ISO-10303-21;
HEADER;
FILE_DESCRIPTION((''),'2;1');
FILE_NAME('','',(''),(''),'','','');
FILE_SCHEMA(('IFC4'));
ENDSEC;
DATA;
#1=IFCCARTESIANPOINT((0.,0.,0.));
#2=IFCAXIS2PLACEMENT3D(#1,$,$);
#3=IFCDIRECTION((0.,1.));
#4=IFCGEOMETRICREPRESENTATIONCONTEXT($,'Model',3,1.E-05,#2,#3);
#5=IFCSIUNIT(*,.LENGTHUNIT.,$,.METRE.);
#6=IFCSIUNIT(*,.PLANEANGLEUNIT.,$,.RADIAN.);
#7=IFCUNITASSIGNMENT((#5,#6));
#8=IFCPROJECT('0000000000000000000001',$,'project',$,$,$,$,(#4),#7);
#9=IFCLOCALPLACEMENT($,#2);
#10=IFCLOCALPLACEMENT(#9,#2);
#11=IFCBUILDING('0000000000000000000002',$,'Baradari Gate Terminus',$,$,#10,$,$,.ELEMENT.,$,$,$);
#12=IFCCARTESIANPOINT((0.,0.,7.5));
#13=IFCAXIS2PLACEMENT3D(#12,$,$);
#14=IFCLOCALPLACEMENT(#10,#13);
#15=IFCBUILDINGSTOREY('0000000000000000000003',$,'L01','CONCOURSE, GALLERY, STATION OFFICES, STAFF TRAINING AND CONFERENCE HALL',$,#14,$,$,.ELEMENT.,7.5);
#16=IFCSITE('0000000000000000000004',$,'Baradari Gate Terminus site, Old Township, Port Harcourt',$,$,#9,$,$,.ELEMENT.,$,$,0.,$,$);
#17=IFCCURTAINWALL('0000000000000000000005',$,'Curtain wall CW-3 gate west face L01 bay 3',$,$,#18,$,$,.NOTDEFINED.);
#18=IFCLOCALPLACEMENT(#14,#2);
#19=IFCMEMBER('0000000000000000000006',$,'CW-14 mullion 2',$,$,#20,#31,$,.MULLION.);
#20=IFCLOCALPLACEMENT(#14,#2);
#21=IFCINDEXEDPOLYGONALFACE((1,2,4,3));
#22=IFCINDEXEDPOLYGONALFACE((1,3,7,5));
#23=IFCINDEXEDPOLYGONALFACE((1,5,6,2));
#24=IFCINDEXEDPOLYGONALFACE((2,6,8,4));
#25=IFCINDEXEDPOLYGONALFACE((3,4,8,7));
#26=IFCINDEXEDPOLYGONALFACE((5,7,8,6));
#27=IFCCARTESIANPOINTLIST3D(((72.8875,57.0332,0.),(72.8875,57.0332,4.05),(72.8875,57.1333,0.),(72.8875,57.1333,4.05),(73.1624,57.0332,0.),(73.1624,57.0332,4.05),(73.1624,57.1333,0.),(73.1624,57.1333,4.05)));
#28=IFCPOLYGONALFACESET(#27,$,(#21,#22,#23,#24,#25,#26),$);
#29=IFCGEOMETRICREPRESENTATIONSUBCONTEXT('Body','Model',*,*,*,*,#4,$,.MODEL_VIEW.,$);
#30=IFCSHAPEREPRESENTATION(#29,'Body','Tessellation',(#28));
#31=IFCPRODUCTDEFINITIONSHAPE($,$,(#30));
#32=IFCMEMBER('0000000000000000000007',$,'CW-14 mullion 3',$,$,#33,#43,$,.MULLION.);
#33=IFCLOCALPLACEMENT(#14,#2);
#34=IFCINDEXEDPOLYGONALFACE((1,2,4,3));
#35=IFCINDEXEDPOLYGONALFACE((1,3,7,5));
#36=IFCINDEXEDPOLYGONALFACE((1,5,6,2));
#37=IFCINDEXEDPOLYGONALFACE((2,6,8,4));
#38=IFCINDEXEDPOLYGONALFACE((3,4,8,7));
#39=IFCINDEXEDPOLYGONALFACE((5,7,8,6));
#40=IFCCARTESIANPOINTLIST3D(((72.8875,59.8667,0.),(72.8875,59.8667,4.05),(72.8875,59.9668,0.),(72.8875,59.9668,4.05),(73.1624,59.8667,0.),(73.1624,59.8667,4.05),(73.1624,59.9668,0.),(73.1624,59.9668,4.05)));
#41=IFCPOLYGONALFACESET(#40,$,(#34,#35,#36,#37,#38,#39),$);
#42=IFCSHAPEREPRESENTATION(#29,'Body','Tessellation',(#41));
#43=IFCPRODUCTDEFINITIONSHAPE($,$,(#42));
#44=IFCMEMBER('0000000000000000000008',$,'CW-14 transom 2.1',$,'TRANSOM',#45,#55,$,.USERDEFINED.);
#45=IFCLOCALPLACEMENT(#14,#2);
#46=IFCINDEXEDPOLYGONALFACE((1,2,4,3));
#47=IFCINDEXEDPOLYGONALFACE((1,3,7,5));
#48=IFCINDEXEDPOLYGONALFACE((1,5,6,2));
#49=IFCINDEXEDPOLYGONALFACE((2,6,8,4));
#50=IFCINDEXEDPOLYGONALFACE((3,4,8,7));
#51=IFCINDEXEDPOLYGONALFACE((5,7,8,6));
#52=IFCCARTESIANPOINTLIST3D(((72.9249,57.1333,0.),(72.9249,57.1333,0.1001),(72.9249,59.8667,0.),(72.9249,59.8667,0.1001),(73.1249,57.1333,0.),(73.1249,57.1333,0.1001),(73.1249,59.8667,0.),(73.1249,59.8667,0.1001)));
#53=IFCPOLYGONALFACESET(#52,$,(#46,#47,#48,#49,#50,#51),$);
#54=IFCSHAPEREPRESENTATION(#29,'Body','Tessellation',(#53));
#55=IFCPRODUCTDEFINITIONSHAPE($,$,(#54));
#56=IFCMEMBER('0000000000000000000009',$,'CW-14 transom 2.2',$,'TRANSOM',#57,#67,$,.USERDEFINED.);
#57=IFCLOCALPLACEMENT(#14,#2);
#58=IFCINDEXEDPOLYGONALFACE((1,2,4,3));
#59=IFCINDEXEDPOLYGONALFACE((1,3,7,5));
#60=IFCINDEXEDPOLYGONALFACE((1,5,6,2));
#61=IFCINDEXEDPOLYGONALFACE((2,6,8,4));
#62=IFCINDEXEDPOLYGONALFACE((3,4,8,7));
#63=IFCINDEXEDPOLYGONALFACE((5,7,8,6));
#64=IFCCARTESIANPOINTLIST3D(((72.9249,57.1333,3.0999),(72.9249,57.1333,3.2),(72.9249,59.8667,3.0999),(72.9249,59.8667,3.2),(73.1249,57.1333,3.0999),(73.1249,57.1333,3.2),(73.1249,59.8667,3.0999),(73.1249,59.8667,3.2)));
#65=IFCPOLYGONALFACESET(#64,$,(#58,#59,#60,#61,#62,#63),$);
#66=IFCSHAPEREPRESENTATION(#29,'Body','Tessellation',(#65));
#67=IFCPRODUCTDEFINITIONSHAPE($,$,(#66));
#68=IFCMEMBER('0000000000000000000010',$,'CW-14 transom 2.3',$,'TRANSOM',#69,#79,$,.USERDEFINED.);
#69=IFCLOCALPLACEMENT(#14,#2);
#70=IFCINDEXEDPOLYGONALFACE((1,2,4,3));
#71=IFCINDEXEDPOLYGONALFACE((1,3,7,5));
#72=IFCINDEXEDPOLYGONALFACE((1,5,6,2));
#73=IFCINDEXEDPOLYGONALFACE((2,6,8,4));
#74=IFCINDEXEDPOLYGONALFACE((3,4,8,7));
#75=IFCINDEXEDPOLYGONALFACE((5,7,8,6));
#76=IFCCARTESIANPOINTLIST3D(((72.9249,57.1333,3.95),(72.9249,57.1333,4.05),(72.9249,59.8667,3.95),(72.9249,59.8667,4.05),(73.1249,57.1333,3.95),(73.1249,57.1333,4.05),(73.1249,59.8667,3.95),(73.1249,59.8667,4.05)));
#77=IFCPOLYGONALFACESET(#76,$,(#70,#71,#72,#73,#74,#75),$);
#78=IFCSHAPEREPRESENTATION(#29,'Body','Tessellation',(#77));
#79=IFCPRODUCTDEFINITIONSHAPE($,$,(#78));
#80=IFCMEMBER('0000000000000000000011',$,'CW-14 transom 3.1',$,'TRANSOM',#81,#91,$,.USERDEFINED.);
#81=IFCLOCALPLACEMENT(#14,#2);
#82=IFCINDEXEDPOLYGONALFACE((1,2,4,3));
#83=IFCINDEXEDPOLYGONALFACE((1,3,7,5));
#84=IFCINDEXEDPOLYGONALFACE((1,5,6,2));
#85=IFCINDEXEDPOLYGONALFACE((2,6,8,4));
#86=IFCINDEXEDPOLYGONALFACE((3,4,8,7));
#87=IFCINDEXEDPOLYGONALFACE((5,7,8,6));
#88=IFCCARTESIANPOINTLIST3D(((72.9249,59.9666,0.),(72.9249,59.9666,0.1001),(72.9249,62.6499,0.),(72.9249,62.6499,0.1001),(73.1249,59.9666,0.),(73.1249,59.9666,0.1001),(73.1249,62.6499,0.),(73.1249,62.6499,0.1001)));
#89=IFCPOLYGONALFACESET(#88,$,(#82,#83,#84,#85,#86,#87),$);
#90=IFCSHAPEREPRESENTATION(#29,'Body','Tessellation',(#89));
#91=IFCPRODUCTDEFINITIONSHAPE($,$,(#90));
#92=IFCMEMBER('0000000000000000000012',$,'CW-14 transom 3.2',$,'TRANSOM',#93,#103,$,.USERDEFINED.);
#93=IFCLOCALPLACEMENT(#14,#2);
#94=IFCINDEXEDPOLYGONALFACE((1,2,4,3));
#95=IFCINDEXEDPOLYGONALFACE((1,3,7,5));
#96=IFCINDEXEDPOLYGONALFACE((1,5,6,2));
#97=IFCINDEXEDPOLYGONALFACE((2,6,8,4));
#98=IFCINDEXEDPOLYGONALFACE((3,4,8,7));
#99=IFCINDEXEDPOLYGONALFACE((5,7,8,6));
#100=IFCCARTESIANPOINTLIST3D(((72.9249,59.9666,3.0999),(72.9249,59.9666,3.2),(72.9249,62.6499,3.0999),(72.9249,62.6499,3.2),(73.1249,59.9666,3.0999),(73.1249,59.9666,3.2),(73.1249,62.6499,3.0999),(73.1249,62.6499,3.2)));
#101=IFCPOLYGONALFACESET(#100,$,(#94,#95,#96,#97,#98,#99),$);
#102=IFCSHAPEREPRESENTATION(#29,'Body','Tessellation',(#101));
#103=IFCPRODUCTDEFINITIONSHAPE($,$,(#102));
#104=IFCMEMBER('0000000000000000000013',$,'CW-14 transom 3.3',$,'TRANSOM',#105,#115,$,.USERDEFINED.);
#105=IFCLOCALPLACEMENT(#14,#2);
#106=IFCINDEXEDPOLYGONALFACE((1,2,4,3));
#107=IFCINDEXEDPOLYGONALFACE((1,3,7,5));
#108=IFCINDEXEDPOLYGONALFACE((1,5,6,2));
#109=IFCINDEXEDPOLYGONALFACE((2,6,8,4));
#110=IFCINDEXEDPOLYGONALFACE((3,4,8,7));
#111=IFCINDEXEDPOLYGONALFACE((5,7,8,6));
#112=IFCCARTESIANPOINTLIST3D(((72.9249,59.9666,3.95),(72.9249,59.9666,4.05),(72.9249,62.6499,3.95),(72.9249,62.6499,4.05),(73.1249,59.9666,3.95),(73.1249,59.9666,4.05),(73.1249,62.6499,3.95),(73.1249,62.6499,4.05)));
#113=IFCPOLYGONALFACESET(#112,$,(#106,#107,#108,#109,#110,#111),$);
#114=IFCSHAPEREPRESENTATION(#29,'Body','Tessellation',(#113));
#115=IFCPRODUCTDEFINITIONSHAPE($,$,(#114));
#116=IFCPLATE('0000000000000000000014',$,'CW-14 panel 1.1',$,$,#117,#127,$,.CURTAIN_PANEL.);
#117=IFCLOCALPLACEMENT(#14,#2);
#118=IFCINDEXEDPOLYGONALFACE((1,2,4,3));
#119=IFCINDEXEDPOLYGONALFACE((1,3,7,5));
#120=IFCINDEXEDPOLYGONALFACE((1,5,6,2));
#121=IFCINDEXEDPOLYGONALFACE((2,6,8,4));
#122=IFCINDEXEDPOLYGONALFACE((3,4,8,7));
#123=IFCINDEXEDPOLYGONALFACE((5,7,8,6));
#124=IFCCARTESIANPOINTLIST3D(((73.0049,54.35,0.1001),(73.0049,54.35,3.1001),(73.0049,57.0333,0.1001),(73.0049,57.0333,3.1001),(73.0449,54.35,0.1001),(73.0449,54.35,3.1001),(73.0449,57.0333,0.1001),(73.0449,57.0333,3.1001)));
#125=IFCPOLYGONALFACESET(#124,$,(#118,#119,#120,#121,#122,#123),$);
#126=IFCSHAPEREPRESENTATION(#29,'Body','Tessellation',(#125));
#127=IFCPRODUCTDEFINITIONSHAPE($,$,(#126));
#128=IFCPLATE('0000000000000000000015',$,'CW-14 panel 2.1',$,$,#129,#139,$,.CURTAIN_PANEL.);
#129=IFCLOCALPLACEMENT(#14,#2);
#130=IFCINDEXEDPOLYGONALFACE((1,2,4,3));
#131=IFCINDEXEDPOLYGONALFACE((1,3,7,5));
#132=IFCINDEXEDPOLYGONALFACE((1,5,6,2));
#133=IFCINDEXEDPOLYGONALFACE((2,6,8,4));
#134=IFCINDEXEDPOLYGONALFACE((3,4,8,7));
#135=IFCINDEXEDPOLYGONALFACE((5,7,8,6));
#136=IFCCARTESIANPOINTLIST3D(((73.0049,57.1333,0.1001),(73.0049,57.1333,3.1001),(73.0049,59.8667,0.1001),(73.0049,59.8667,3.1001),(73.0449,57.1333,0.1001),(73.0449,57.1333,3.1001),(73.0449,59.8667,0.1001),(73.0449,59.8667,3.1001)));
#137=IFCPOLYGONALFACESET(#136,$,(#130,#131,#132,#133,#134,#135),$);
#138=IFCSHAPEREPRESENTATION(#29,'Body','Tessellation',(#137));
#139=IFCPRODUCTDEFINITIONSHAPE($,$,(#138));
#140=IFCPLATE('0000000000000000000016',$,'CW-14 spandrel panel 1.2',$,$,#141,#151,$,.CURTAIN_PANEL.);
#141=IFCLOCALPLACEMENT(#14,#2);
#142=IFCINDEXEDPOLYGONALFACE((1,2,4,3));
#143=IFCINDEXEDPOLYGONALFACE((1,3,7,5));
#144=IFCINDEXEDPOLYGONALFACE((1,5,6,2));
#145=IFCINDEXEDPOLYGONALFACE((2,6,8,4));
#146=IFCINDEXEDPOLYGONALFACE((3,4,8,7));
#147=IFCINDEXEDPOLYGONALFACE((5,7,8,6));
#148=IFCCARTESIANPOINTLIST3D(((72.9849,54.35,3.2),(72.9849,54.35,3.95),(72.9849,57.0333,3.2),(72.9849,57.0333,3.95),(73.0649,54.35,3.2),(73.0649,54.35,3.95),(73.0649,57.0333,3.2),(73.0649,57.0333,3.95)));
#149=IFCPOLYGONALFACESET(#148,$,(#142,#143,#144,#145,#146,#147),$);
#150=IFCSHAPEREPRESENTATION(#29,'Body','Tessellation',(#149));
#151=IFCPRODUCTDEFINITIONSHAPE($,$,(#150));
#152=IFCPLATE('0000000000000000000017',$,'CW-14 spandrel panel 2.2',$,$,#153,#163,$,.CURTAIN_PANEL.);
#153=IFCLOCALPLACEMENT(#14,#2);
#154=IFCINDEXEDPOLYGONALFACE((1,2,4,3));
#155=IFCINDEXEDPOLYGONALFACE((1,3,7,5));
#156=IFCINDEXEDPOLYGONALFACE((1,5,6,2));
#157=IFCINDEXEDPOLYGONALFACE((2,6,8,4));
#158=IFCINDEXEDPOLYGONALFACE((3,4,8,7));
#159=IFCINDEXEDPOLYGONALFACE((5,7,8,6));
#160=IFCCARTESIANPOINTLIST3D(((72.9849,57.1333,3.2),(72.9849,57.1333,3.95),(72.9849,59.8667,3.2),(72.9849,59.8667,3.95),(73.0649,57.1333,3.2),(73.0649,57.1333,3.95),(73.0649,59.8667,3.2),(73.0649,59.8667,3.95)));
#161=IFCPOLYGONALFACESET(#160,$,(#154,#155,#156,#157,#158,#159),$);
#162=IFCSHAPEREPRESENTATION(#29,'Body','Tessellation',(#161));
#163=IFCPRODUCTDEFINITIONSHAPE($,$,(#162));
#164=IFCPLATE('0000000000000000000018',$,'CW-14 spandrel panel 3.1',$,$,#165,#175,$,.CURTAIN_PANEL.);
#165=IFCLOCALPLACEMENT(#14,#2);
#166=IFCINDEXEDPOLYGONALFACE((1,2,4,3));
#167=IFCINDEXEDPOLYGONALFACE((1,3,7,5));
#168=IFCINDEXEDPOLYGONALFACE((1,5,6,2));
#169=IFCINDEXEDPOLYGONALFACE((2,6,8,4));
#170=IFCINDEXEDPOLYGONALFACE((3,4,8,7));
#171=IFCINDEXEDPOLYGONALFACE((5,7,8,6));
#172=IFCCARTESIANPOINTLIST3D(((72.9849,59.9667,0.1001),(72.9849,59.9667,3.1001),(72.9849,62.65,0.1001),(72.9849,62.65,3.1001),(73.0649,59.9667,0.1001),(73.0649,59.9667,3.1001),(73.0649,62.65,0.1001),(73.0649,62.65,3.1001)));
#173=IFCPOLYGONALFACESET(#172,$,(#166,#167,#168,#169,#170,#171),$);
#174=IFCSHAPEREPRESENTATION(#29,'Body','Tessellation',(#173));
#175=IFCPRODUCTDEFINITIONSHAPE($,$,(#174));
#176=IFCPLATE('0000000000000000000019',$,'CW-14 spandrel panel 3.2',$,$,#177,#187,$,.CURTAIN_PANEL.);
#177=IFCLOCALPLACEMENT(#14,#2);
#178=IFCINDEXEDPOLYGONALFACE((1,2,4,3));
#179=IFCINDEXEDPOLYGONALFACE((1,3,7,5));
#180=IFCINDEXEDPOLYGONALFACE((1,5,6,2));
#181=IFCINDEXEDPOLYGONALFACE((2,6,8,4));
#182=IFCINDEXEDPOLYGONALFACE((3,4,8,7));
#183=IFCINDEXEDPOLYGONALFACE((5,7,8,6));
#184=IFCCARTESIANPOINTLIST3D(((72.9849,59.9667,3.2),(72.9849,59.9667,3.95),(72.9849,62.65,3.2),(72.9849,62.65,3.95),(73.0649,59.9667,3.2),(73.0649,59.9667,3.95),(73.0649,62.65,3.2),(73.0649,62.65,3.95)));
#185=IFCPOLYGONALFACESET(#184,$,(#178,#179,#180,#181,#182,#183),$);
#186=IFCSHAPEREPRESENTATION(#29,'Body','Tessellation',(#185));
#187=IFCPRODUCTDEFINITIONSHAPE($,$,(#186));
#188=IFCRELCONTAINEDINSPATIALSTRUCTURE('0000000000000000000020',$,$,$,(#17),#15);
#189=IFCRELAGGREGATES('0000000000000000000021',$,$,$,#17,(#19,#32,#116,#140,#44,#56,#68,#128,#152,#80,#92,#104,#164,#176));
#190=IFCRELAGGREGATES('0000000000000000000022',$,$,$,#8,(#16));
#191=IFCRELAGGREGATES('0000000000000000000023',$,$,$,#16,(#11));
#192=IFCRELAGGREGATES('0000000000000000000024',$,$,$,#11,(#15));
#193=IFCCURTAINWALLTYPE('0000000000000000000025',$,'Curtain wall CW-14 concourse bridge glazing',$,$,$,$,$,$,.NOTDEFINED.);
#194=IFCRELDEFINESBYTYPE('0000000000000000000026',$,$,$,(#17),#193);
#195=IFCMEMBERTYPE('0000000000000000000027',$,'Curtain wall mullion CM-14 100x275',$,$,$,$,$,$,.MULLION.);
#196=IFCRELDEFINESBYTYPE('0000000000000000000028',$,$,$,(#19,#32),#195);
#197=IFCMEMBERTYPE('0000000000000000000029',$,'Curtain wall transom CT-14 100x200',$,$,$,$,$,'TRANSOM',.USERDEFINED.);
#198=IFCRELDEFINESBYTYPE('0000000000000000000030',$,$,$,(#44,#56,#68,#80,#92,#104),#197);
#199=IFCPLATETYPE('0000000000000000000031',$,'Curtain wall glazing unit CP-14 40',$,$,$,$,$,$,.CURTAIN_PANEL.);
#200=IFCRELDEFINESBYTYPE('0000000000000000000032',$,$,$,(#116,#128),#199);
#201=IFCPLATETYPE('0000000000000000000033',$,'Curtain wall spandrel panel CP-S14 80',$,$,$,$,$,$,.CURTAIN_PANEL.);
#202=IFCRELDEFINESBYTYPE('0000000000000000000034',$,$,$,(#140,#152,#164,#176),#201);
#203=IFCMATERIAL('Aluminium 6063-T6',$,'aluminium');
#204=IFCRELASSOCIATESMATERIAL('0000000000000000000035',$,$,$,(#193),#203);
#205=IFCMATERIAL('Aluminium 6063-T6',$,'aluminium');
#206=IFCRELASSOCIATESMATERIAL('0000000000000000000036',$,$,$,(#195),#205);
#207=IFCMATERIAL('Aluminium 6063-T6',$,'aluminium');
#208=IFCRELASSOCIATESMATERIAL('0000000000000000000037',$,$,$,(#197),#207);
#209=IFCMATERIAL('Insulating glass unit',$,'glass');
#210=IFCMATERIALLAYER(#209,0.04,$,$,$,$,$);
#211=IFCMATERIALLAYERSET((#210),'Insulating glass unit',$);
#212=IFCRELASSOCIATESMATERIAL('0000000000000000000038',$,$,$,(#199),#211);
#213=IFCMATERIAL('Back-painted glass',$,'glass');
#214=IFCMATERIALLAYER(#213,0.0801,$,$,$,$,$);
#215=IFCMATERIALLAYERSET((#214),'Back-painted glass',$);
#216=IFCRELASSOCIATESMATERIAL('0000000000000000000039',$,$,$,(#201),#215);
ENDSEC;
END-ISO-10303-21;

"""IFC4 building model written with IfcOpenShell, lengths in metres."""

from ifc_helpers import new_model, si_unit, direction, frame, origin, origin_2d, place, context, subcontext, project, spatial, rectangle, extrude, material, layer, layer_set, material_profile, profile_set, type_object, element, aggregate, save


model = new_model("IFC4")

# Units and contexts
model_context = context("Model", 3, precision=1e-05, world=origin(), true_north=direction((0.0, 1.0)))
body_context = subcontext(model_context, "Body", "Model", "MODEL_VIEW")
ifc_project = project(units=[si_unit("LENGTHUNIT", "METRE"), si_unit("PLANEANGLEUNIT", "RADIAN")], contexts=[model_context])

# Site, building, storey
site_placement = place(None, origin())
site = spatial("IfcSite", under=ifc_project, at=site_placement, Name="Baradari Gate Terminus site, Old Township, Port Harcourt", CompositionType="ELEMENT", RefElevation=0.0)
building_placement = place(site_placement, origin())
building = spatial("IfcBuilding", under=site, at=building_placement, Name="Baradari Gate Terminus", CompositionType="ELEMENT")
storey_placement = place(building_placement, frame((0.0, 0.0, 7.5)))
storey = spatial("IfcBuildingStorey", under=building, at=storey_placement, Name="L01", Description="CONCOURSE, GALLERY, STATION OFFICES, STAFF TRAINING AND CONFERENCE HALL", CompositionType="ELEMENT", Elevation=7.5)

# Curtain wall, members, plates
ifc_material_1 = material(Name="Aluminium 6063-T6", Category="aluminium")
curtain_wall_type = type_object("IfcCurtainWallType", Name="Curtain wall CW-14 concourse bridge glazing", PredefinedType="NOTDEFINED", material=ifc_material_1)
curtain_wall_placement = place(storey_placement, origin())
curtain_wall = element("IfcCurtainWall", 1, at=curtain_wall_placement, inside=storey, type_object=curtain_wall_type, Name="Curtain wall CW-3 gate west face L01 bay 3", PredefinedType="NOTDEFINED")
ifc_material_2 = material(Name="Aluminium 6063-T6", Category="aluminium")
ifc_material_profile_1 = material_profile(ifc_material_2, rectangle(XDim=0.2749, YDim=0.1001, at=origin_2d()), Name="CM-14 100X275")
ifc_profile_set_1 = profile_set([ifc_material_profile_1], Name="Aluminium 6063-T6")
member_type_1 = type_object("IfcMemberType", Name="Curtain wall mullion CM-14 100x275", PredefinedType="MULLION", material=ifc_profile_set_1)
member_1_placement = place(storey_placement, frame((73.0249, 57.0833, 0.0), z_axis=(0.0, 0.0, 1.0), x_axis=(-1.0, 0.0, 0.0)))
member_1 = element("IfcMember", 2, at=member_1_placement, type_object=member_type_1, Name="CW-14 mullion 2", PredefinedType="MULLION", context=body_context, shape_type="SweptSolid", body=[
    extrude(rectangle(XDim=0.2749, YDim=0.1001, at=origin_2d()), origin(), (0.0, 0.0, 1.0), 4.05),
])
member_2_placement = place(storey_placement, frame((73.0249, 59.9167, 0.0), z_axis=(0.0, 0.0, 1.0), x_axis=(-1.0, 0.0, 0.0)))
member_2 = element("IfcMember", 3, at=member_2_placement, type_object=member_type_1, Name="CW-14 mullion 3", PredefinedType="MULLION", context=body_context, shape_type="SweptSolid", body=[
    extrude(rectangle(XDim=0.2749, YDim=0.1001, at=origin_2d()), origin(), (0.0, 0.0, 1.0), 4.05),
])
ifc_material_3 = material(Name="Aluminium 6063-T6", Category="aluminium")
ifc_material_profile_2 = material_profile(ifc_material_3, rectangle(XDim=0.2, YDim=0.1001, at=origin_2d()), Name="CT-14 100X200")
ifc_profile_set_2 = profile_set([ifc_material_profile_2], Name="Aluminium 6063-T6")
member_type_2 = type_object("IfcMemberType", Name="Curtain wall transom CT-14 100x200", ElementType="TRANSOM", PredefinedType="USERDEFINED", material=ifc_profile_set_2)
member_3_placement = place(storey_placement, frame((73.0249, 57.1333, 0.05), z_axis=(0.0, 1.0, 0.0), x_axis=(-1.0, 0.0, 0.0)))
member_3 = element("IfcMember", 4, at=member_3_placement, type_object=member_type_2, Name="CW-14 transom 2.1", ObjectType="TRANSOM", PredefinedType="USERDEFINED", context=body_context, shape_type="SweptSolid", body=[
    extrude(rectangle(XDim=0.2, YDim=0.1001, at=origin_2d()), origin(), (0.0, 0.0, 1.0), 2.7334),
])
member_4_placement = place(storey_placement, frame((73.0249, 57.1333, 3.1499), z_axis=(0.0, 1.0, 0.0), x_axis=(-1.0, 0.0, 0.0)))
member_4 = element("IfcMember", 5, at=member_4_placement, type_object=member_type_2, Name="CW-14 transom 2.2", ObjectType="TRANSOM", PredefinedType="USERDEFINED", context=body_context, shape_type="SweptSolid", body=[
    extrude(rectangle(XDim=0.2, YDim=0.1001, at=origin_2d()), origin(), (0.0, 0.0, 1.0), 2.7334),
])
member_5_placement = place(storey_placement, frame((73.0249, 57.1333, 4.0), z_axis=(0.0, 1.0, 0.0), x_axis=(-1.0, 0.0, 0.0)))
member_5 = element("IfcMember", 6, at=member_5_placement, type_object=member_type_2, Name="CW-14 transom 2.3", ObjectType="TRANSOM", PredefinedType="USERDEFINED", context=body_context, shape_type="SweptSolid", body=[
    extrude(rectangle(XDim=0.2, YDim=0.1001, at=origin_2d()), origin(), (0.0, 0.0, 1.0), 2.7334),
])
member_6_placement = place(storey_placement, frame((73.0249, 59.9666, 0.05), z_axis=(0.0, 1.0, 0.0), x_axis=(-1.0, 0.0, 0.0)))
member_6 = element("IfcMember", 7, at=member_6_placement, type_object=member_type_2, Name="CW-14 transom 3.1", ObjectType="TRANSOM", PredefinedType="USERDEFINED", context=body_context, shape_type="SweptSolid", body=[
    extrude(rectangle(XDim=0.2, YDim=0.1001, at=origin_2d()), origin(), (0.0, 0.0, 1.0), 2.6833),
])
member_7_placement = place(storey_placement, frame((73.0249, 59.9666, 3.1499), z_axis=(0.0, 1.0, 0.0), x_axis=(-1.0, 0.0, 0.0)))
member_7 = element("IfcMember", 8, at=member_7_placement, type_object=member_type_2, Name="CW-14 transom 3.2", ObjectType="TRANSOM", PredefinedType="USERDEFINED", context=body_context, shape_type="SweptSolid", body=[
    extrude(rectangle(XDim=0.2, YDim=0.1001, at=origin_2d()), origin(), (0.0, 0.0, 1.0), 2.6833),
])
member_8_placement = place(storey_placement, frame((73.0249, 59.9666, 4.0), z_axis=(0.0, 1.0, 0.0), x_axis=(-1.0, 0.0, 0.0)))
member_8 = element("IfcMember", 9, at=member_8_placement, type_object=member_type_2, Name="CW-14 transom 3.3", ObjectType="TRANSOM", PredefinedType="USERDEFINED", context=body_context, shape_type="SweptSolid", body=[
    extrude(rectangle(XDim=0.2, YDim=0.1001, at=origin_2d()), origin(), (0.0, 0.0, 1.0), 2.6833),
])
ifc_material_4 = material(Name="Insulating glass unit", Category="glass")
ifc_layer_1 = layer(ifc_material_4, 0.04)
ifc_layer_set_1 = layer_set([ifc_layer_1], Name="Insulating glass unit")
plate_type_1 = type_object("IfcPlateType", Name="Curtain wall glazing unit CP-14 40", PredefinedType="CURTAIN_PANEL", material=ifc_layer_set_1)
plate_1_placement = place(storey_placement, frame((73.0249, 55.6917, 0.1001), z_axis=(0.0, 0.0, 1.0), x_axis=(0.0, 1.0, 0.0)))
plate_1 = element("IfcPlate", 10, at=plate_1_placement, type_object=plate_type_1, Name="CW-14 panel 1.1", PredefinedType="CURTAIN_PANEL", context=body_context, shape_type="SweptSolid", body=[
    extrude(rectangle(XDim=2.6833, YDim=0.04, at=origin_2d()), origin(), (0.0, 0.0, 1.0), 3.0),
])
plate_2_placement = place(storey_placement, frame((73.0249, 58.5, 0.1001), z_axis=(0.0, 0.0, 1.0), x_axis=(0.0, 1.0, 0.0)))
plate_2 = element("IfcPlate", 11, at=plate_2_placement, type_object=plate_type_1, Name="CW-14 panel 2.1", PredefinedType="CURTAIN_PANEL", context=body_context, shape_type="SweptSolid", body=[
    extrude(rectangle(XDim=2.7334, YDim=0.04, at=origin_2d()), origin(), (0.0, 0.0, 1.0), 3.0),
])
ifc_material_5 = material(Name="Back-painted glass", Category="glass")
ifc_layer_2 = layer(ifc_material_5, 0.0801)
ifc_layer_set_2 = layer_set([ifc_layer_2], Name="Back-painted glass")
plate_type_2 = type_object("IfcPlateType", Name="Curtain wall spandrel panel CP-S14 80", PredefinedType="CURTAIN_PANEL", material=ifc_layer_set_2)
plate_3_placement = place(storey_placement, frame((73.0249, 55.6917, 3.2), z_axis=(0.0, 0.0, 1.0), x_axis=(0.0, 1.0, 0.0)))
plate_3 = element("IfcPlate", 12, at=plate_3_placement, type_object=plate_type_2, Name="CW-14 spandrel panel 1.2", PredefinedType="CURTAIN_PANEL", context=body_context, shape_type="SweptSolid", body=[
    extrude(rectangle(XDim=2.6833, YDim=0.0801, at=origin_2d()), origin(), (0.0, 0.0, 1.0), 0.75),
])
plate_4_placement = place(storey_placement, frame((73.0249, 58.5, 3.2), z_axis=(0.0, 0.0, 1.0), x_axis=(0.0, 1.0, 0.0)))
plate_4 = element("IfcPlate", 13, at=plate_4_placement, type_object=plate_type_2, Name="CW-14 spandrel panel 2.2", PredefinedType="CURTAIN_PANEL", context=body_context, shape_type="SweptSolid", body=[
    extrude(rectangle(XDim=2.7334, YDim=0.0801, at=origin_2d()), origin(), (0.0, 0.0, 1.0), 0.75),
])
plate_5_placement = place(storey_placement, frame((73.0249, 61.3083, 0.1001), z_axis=(0.0, 0.0, 1.0), x_axis=(0.0, 1.0, 0.0)))
plate_5 = element("IfcPlate", 14, at=plate_5_placement, type_object=plate_type_2, Name="CW-14 spandrel panel 3.1", PredefinedType="CURTAIN_PANEL", context=body_context, shape_type="SweptSolid", body=[
    extrude(rectangle(XDim=2.6833, YDim=0.0801, at=origin_2d()), origin(), (0.0, 0.0, 1.0), 3.0),
])
plate_6_placement = place(storey_placement, frame((73.0249, 61.3083, 3.2), z_axis=(0.0, 0.0, 1.0), x_axis=(0.0, 1.0, 0.0)))
plate_6 = element("IfcPlate", 15, at=plate_6_placement, type_object=plate_type_2, Name="CW-14 spandrel panel 3.2", PredefinedType="CURTAIN_PANEL", context=body_context, shape_type="SweptSolid", body=[
    extrude(rectangle(XDim=2.6833, YDim=0.0801, at=origin_2d()), origin(), (0.0, 0.0, 1.0), 0.75),
])
aggregate(curtain_wall, [member_1, member_2, plate_1, plate_3, member_3, member_4, member_5, plate_2, plate_4, member_6, member_7, member_8, plate_5, plate_6])

save(model, "model.ifc")
